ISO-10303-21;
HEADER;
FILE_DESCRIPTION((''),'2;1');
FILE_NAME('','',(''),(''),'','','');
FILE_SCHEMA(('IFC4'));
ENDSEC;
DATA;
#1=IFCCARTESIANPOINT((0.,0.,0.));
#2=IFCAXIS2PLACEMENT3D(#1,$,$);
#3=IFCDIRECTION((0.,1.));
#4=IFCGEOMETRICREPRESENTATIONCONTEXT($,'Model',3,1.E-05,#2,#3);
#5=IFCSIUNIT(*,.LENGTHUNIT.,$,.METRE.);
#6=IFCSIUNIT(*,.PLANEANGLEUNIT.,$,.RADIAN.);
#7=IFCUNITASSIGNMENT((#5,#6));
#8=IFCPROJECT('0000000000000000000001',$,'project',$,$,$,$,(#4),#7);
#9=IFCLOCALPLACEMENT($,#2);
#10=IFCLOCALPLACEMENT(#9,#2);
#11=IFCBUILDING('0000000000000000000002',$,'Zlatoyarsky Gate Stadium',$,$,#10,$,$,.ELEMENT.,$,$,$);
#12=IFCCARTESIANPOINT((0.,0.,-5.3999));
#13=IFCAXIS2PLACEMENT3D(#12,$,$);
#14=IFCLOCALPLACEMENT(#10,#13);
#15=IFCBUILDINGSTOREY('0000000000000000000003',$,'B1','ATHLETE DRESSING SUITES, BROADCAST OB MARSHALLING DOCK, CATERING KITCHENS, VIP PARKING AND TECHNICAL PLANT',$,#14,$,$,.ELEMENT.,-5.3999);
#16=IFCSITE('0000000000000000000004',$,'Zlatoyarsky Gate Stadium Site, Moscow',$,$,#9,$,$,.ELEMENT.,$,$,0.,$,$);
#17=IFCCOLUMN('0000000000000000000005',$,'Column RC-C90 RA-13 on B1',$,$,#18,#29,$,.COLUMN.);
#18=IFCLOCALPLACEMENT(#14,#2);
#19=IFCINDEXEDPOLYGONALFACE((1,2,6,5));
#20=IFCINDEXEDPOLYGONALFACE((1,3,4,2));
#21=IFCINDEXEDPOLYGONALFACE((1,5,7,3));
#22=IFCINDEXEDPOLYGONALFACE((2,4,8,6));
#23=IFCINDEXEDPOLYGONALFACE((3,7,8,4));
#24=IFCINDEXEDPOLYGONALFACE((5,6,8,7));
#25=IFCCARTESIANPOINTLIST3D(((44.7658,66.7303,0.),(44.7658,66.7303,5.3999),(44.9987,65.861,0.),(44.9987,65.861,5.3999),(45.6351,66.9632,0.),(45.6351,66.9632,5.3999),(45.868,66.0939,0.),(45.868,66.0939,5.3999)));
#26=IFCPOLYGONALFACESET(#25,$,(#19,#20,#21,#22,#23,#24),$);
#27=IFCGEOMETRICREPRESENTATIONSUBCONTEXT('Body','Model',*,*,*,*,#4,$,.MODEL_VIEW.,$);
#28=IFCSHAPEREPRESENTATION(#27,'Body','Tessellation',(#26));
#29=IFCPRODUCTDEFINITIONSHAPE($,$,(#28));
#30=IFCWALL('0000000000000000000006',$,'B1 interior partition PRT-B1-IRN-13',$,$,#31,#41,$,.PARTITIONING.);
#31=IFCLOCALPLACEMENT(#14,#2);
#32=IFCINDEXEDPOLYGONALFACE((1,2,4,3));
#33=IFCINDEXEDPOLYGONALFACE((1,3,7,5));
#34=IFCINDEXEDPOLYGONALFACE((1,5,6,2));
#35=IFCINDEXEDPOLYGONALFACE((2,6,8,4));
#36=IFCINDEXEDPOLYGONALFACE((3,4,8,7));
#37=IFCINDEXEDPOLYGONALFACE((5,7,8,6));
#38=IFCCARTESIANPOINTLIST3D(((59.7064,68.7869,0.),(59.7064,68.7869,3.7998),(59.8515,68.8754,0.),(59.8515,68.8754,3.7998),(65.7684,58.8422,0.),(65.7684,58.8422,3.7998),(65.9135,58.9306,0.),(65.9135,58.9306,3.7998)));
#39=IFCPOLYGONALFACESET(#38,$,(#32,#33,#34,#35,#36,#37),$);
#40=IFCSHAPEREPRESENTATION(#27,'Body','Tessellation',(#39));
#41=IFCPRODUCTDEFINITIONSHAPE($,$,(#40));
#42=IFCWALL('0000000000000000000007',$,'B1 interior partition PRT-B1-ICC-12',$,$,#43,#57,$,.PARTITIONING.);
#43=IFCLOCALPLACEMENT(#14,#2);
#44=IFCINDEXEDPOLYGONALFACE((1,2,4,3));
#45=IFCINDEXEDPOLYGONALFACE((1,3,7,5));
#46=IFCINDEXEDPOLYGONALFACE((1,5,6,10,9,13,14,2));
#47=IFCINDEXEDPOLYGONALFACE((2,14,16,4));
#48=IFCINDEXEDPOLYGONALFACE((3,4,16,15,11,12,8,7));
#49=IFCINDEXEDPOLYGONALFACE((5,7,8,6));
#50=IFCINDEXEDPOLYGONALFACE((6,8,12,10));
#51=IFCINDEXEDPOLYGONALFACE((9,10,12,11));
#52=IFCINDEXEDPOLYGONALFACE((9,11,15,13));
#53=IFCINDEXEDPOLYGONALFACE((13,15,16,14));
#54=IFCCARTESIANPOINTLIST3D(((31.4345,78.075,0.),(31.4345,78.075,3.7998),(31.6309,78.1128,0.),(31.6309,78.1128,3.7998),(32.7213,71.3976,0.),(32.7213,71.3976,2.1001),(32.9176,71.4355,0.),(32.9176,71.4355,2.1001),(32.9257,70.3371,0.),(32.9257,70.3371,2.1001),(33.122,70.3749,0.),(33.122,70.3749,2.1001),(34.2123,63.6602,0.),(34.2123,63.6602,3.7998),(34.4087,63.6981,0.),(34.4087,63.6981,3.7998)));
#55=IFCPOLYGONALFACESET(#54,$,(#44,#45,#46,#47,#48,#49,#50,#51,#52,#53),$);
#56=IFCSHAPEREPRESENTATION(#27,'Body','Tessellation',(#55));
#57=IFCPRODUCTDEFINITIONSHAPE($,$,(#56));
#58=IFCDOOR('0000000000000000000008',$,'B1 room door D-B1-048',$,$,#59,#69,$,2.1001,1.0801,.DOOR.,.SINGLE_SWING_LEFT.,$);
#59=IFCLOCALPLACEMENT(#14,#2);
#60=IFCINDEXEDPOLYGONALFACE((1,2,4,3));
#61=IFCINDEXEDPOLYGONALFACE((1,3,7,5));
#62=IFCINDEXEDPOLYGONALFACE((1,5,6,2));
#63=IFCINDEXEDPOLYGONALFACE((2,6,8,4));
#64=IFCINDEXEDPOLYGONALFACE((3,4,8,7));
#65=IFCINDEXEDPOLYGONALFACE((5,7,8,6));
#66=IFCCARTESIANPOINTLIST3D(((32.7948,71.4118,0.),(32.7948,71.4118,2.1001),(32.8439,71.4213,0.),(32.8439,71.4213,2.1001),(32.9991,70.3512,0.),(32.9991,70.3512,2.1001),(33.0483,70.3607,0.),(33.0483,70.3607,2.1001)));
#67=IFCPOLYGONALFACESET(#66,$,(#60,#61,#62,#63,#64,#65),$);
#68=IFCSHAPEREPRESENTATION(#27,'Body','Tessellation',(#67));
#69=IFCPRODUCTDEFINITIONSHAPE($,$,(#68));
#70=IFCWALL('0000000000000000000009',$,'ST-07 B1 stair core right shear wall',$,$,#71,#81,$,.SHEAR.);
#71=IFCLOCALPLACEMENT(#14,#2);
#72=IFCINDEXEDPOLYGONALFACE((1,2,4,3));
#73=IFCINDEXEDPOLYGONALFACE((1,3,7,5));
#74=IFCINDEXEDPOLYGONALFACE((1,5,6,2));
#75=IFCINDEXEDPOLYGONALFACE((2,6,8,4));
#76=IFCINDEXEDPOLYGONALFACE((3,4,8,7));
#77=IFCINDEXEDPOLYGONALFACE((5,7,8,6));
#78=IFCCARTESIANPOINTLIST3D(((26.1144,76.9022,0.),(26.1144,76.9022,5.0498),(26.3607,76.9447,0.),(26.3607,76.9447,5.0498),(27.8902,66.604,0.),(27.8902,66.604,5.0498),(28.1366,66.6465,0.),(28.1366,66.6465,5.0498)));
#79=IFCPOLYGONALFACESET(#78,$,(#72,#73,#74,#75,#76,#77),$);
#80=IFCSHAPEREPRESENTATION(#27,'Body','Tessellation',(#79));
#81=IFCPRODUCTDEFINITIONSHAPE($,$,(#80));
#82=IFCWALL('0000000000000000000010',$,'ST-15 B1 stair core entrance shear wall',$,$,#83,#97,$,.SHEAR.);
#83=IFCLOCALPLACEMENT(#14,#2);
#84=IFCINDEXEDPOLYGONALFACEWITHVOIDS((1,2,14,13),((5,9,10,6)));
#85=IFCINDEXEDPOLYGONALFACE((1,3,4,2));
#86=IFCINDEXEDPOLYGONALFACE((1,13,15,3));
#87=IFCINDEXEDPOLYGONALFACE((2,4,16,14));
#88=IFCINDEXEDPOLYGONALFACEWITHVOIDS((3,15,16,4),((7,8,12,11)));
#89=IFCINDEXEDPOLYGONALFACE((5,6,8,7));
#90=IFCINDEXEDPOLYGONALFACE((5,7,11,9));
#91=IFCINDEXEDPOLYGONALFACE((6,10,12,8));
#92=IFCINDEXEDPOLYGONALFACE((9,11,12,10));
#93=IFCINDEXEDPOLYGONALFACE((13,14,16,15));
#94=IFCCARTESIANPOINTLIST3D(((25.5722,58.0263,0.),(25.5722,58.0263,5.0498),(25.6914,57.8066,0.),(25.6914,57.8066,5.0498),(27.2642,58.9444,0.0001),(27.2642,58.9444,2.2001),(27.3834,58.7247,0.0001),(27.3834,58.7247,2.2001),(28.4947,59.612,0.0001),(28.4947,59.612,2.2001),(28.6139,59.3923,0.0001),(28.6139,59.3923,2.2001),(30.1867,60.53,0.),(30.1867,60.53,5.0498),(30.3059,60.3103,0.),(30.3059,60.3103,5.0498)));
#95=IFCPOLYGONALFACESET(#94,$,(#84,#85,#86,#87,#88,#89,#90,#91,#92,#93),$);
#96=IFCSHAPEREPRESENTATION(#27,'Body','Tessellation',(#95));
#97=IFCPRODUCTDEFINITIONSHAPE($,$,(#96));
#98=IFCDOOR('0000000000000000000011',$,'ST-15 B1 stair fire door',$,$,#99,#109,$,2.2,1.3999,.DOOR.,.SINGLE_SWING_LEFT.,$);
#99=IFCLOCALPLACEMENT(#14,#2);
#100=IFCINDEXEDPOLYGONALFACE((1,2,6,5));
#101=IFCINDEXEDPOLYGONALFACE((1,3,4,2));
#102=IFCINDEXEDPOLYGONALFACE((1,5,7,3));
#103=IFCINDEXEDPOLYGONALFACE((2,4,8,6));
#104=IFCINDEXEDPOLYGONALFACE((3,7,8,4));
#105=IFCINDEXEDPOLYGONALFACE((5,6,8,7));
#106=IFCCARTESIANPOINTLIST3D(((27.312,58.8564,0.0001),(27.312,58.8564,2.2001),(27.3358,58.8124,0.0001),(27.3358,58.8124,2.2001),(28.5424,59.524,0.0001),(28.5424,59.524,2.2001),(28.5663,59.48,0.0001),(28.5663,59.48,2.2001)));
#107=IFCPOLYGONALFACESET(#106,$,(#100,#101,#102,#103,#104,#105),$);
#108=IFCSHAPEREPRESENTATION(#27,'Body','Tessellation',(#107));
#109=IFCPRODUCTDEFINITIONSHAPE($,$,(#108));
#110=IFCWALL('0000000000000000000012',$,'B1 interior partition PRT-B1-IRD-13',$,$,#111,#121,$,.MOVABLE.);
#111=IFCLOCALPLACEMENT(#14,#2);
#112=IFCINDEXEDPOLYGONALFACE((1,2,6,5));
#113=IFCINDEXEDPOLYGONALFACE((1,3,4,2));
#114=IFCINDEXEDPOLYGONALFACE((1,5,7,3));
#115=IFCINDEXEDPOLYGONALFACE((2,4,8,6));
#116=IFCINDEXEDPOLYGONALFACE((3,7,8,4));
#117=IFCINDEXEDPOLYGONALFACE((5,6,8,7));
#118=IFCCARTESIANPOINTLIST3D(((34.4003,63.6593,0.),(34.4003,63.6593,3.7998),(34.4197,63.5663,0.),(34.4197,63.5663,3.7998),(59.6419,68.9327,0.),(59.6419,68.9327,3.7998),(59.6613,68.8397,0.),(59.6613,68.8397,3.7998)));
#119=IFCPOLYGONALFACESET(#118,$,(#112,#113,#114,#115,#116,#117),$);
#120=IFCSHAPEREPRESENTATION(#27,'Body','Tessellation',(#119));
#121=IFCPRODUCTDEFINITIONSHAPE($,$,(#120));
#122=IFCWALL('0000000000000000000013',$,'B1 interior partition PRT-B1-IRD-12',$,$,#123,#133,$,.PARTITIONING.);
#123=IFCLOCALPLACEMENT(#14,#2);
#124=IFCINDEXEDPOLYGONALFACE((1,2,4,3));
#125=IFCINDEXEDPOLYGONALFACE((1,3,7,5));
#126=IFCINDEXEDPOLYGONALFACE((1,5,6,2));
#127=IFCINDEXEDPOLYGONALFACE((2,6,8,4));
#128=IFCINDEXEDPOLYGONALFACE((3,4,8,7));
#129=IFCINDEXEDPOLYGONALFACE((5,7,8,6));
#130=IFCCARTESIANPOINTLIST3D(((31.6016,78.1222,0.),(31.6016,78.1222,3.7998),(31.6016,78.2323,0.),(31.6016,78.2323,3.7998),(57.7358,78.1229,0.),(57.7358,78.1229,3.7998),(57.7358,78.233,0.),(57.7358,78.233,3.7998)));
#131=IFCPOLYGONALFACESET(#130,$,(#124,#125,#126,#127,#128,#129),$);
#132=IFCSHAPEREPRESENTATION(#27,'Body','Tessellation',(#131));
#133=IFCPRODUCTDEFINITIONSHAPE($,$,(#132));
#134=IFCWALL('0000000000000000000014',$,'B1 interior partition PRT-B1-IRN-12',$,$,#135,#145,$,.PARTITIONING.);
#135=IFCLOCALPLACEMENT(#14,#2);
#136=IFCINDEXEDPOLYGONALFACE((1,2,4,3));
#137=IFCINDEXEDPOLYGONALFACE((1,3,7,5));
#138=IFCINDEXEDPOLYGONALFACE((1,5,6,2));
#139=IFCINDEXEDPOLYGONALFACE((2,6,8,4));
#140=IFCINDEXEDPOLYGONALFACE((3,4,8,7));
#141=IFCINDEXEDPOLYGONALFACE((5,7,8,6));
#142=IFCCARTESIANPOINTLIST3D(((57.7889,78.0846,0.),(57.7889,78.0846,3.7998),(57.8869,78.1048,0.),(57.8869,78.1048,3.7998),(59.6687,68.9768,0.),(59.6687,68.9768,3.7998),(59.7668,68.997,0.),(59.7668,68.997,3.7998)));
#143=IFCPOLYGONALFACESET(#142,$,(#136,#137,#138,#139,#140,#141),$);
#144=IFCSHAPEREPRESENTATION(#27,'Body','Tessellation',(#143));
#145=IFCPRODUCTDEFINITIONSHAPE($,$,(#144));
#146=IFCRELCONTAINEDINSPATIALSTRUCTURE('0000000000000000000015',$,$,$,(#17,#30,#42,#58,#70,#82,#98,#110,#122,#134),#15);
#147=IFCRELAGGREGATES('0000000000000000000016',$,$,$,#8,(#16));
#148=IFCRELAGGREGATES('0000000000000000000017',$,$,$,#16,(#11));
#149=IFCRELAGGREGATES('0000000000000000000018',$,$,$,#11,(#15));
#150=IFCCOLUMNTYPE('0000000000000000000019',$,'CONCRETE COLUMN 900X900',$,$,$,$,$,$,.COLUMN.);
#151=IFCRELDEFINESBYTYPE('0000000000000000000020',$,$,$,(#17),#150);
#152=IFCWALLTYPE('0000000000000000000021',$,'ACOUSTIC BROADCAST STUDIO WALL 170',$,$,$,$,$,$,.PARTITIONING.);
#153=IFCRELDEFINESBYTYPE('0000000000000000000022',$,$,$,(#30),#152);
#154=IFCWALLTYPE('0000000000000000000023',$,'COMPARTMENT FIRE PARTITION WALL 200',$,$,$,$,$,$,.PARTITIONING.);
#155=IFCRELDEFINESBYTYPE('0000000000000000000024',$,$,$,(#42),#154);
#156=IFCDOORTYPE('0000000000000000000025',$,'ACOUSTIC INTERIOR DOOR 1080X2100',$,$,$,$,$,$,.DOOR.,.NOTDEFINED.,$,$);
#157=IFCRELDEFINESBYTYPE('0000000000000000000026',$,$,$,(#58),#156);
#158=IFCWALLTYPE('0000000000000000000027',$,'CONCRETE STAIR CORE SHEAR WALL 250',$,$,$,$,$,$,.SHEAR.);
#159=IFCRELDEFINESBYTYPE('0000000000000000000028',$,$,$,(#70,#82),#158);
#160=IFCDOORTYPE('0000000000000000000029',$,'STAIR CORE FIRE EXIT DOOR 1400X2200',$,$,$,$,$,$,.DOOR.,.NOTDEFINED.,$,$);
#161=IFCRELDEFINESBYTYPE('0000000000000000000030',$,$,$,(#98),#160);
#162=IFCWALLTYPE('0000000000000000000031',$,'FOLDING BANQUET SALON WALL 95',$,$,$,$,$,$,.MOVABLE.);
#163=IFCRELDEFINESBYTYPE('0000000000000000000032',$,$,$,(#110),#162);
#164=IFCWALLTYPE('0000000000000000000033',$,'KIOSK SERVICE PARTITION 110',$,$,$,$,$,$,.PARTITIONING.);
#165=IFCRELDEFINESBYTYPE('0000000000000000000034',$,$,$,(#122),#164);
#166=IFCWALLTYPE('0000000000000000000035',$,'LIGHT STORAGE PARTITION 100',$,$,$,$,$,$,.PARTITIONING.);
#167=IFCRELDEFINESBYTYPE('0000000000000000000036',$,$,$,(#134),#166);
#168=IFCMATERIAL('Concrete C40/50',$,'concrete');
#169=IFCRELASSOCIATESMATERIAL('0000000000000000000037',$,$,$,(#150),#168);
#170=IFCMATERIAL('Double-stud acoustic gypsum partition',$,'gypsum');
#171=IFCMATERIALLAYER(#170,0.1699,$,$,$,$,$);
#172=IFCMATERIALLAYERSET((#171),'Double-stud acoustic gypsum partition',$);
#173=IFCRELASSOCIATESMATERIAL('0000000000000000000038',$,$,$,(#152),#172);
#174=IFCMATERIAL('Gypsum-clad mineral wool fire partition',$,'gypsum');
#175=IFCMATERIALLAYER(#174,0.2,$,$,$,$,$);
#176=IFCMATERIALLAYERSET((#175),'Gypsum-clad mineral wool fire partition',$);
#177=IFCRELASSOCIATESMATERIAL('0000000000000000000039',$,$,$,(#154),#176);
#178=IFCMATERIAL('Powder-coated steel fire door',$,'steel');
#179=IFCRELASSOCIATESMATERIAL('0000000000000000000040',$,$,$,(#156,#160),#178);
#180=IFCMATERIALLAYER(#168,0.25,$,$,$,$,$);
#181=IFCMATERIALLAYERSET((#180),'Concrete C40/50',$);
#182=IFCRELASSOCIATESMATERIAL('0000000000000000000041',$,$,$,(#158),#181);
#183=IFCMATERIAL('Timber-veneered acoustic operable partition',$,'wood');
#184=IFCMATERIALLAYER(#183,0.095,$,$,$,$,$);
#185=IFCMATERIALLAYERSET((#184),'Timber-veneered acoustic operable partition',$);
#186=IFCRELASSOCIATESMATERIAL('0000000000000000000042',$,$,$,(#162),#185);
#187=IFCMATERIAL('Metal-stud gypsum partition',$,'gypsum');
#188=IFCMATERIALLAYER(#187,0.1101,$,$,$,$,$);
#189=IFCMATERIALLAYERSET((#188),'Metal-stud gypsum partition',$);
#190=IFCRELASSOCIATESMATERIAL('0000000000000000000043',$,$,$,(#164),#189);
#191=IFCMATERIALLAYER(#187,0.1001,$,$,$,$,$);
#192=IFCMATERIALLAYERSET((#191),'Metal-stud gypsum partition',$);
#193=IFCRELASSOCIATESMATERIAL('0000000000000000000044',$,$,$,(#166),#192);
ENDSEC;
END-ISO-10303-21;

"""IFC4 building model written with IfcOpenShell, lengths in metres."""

from ifc_helpers import new_model, si_unit, direction, frame, frame_2d, origin, origin_2d, place, context, subcontext, project, spatial, rectangle, extrude, material, layer, layer_set, material_profile, profile_set, type_object, element, fill, save


model = new_model("IFC4")

# Units and contexts
model_context = context("Model", 3, precision=1e-05, world=origin(), true_north=direction((0.0, 1.0)))
body_context = subcontext(model_context, "Body", "Model", "MODEL_VIEW")
ifc_project = project(units=[si_unit("LENGTHUNIT", "METRE"), si_unit("PLANEANGLEUNIT", "RADIAN")], contexts=[model_context])

# Site, building, storey
site_placement = place(None, origin())
site = spatial("IfcSite", under=ifc_project, at=site_placement, Name="Zlatoyarsky Gate Stadium Site, Moscow", CompositionType="ELEMENT", RefElevation=0.0)
building_placement = place(site_placement, origin())
building = spatial("IfcBuilding", under=site, at=building_placement, Name="Zlatoyarsky Gate Stadium", CompositionType="ELEMENT")
storey_placement = place(building_placement, frame((0.0, 0.0, -5.3999)))
storey = spatial("IfcBuildingStorey", under=building, at=storey_placement, Name="B1", Description="ATHLETE DRESSING SUITES, BROADCAST OB MARSHALLING DOCK, CATERING KITCHENS, VIP PARKING AND TECHNICAL PLANT", CompositionType="ELEMENT", Elevation=-5.3999)

# Column
ifc_material_1 = material(Name="Concrete C40/50", Category="concrete")
ifc_material_profile_1 = material_profile(ifc_material_1, rectangle(XDim=0.8999, YDim=0.8999, at=origin_2d()), Name="RC COL 900X900")
ifc_profile_set_1 = profile_set([ifc_material_profile_1], Name="Concrete C40/50")
column_type_1 = type_object("IfcColumnType", Name="CONCRETE COLUMN 900X900", PredefinedType="COLUMN", material=ifc_profile_set_1)
column_1_placement = place(storey_placement, frame((45.3169, 66.4121, 0.0), z_axis=(0.0, 0.0, 1.0), x_axis=(-0.965926, -0.258819, 0.0)))
element("IfcColumn", 1, at=column_1_placement, inside=storey, type_object=column_type_1, Name="Column RC-C90 RA-13 on B1", PredefinedType="COLUMN", context=body_context, shape_type="SweptSolid", body=[
    extrude(rectangle(XDim=0.8999, YDim=0.8999, at=origin_2d()), origin(), (0.0, 0.0, 1.0), 5.3999),
])

# Wall
ifc_material_2 = material(Name="Double-stud acoustic gypsum partition", Category="gypsum")
ifc_layer_1 = layer(ifc_material_2, 0.1699)
ifc_layer_set_1 = layer_set([ifc_layer_1], Name="Double-stud acoustic gypsum partition")
wall_type_1 = type_object("IfcWallType", Name="ACOUSTIC BROADCAST STUDIO WALL 170", PredefinedType="PARTITIONING", material=ifc_layer_set_1)
wall_1_placement = place(storey_placement, frame((59.7791, 68.8311, 0.0), z_axis=(0.0, 0.0, 1.0), x_axis=(0.520488, -0.853869, 0.0)))
element("IfcWall", 2, at=wall_1_placement, inside=storey, type_object=wall_type_1, Name="B1 interior partition PRT-B1-IRN-13", PredefinedType="PARTITIONING", context=body_context, shape_type="SweptSolid", body=[
    extrude(rectangle(XDim=11.6467, YDim=0.1699, at=frame_2d((5.8232, 0.0))), origin(), (0.0, 0.0, 1.0), 3.7998),
])

# Wall, opening, door
ifc_material_3 = material(Name="Gypsum-clad mineral wool fire partition", Category="gypsum")
ifc_layer_2 = layer(ifc_material_3, 0.2)
ifc_layer_set_2 = layer_set([ifc_layer_2], Name="Gypsum-clad mineral wool fire partition")
wall_type_2 = type_object("IfcWallType", Name="COMPARTMENT FIRE PARTITION WALL 200", PredefinedType="PARTITIONING", material=ifc_layer_set_2)
wall_2_placement = place(storey_placement, frame((31.5327, 78.0938, 0.0), z_axis=(0.0, 0.0, 1.0), x_axis=(0.189225, -0.981934, 0.0)))
wall_2 = element("IfcWall", 3, at=wall_2_placement, inside=storey, type_object=wall_type_2, Name="B1 interior partition PRT-B1-ICC-12", PredefinedType="PARTITIONING", context=body_context, shape_type="SweptSolid", body=[
    extrude(rectangle(XDim=14.6799, YDim=0.2, at=frame_2d((7.3398, 0.0))), origin(), (0.0, 0.0, 1.0), 3.7998),
])
opening_1_placement = place(wall_2_placement, frame((6.8, 0.0, 0.0)))
opening_1 = element("IfcOpeningElement", 4, at=opening_1_placement, cuts=wall_2, PredefinedType="OPENING", context=body_context, shape_type="SweptSolid", body=[
    extrude(rectangle(XDim=1.0801, YDim=2.1001, at=frame_2d((0.54, 1.05))), frame((0.0, 0.1099, 0.0), z_axis=(0.0, -1.0, 0.0), x_axis=(1.0, 0.0, 0.0)), (0.0, 0.0, 1.0), 0.22),
])
ifc_material_4 = material(Name="Powder-coated steel fire door", Category="steel")
door_type_1 = type_object("IfcDoorType", Name="ACOUSTIC INTERIOR DOOR 1080X2100", OperationType="NOTDEFINED", PredefinedType="DOOR", material=ifc_material_4)
door_1_placement = place(opening_1_placement, origin())
door_1 = element("IfcDoor", 5, at=door_1_placement, inside=storey, type_object=door_type_1, Name="B1 room door D-B1-048", OperationType="SINGLE_SWING_LEFT", OverallHeight=2.1001, OverallWidth=1.0801, PredefinedType="DOOR", context=body_context, shape_type="SweptSolid", body=[
    extrude(rectangle(XDim=1.0801, YDim=2.1001, at=frame_2d((0.54, 1.05))), frame((0.0, 0.0249, 0.0), z_axis=(0.0, -1.0, 0.0), x_axis=(1.0, 0.0, 0.0)), (0.0, 0.0, 1.0), 0.05),
])
fill(opening_1, door_1)

# Wall
ifc_layer_3 = layer(ifc_material_1, 0.25)
ifc_layer_set_3 = layer_set([ifc_layer_3], Name="Concrete C40/50")
wall_type_3 = type_object("IfcWallType", Name="CONCRETE STAIR CORE SHEAR WALL 250", PredefinedType="SHEAR", material=ifc_layer_set_3)
wall_3_placement = place(storey_placement, frame((28.0134, 66.6252, 0.0), z_axis=(0.0, 0.0, 1.0), x_axis=(-0.169939, 0.985455, 0.0)))
element("IfcWall", 6, at=wall_3_placement, inside=storey, type_object=wall_type_3, Name="ST-07 B1 stair core right shear wall", PredefinedType="SHEAR", context=body_context, shape_type="SweptSolid", body=[
    extrude(rectangle(XDim=10.4502, YDim=0.25, at=frame_2d((5.2251, 0.0))), origin(), (0.0, 0.0, 1.0), 5.0498),
])

# Wall, opening, door
wall_4_placement = place(storey_placement, frame((30.2463, 60.4202, 0.0), z_axis=(0.0, 0.0, 1.0), x_axis=(-0.878961, -0.476893, 0.0)))
wall_4 = element("IfcWall", 7, at=wall_4_placement, inside=storey, type_object=wall_type_3, Name="ST-15 B1 stair core entrance shear wall", PredefinedType="SHEAR", context=body_context, shape_type="SweptSolid", body=[
    extrude(rectangle(XDim=5.25, YDim=0.25, at=frame_2d((2.625, 0.0))), origin(), (0.0, 0.0, 1.0), 5.0498),
])
opening_2_placement = place(wall_4_placement, frame((1.925, 0.0, 0.0)))
opening_2 = element("IfcOpeningElement", 8, at=opening_2_placement, cuts=wall_4, PredefinedType="OPENING", context=body_context, shape_type="SweptSolid", body=[
    extrude(rectangle(XDim=1.3999, YDim=2.2, at=frame_2d((0.7, 1.1001))), frame((0.0, 0.135, 0.0), z_axis=(0.0, -1.0, 0.0), x_axis=(1.0, 0.0, 0.0)), (0.0, 0.0, 1.0), 0.27),
])
door_type_2 = type_object("IfcDoorType", Name="STAIR CORE FIRE EXIT DOOR 1400X2200", OperationType="NOTDEFINED", PredefinedType="DOOR", material=ifc_material_4)
door_2_placement = place(opening_2_placement, frame((1.3999, 0.0, 0.0), z_axis=(0.0, 0.0, 1.0), x_axis=(-1.0, 0.0, 0.0)))
door_2 = element("IfcDoor", 9, at=door_2_placement, inside=storey, type_object=door_type_2, Name="ST-15 B1 stair fire door", OperationType="SINGLE_SWING_LEFT", OverallHeight=2.2, OverallWidth=1.3999, PredefinedType="DOOR", context=body_context, shape_type="SweptSolid", body=[
    extrude(rectangle(XDim=1.3999, YDim=2.2, at=frame_2d((0.7, 1.1001))), frame((0.0, 0.0249, 0.0), z_axis=(0.0, -1.0, 0.0), x_axis=(1.0, 0.0, 0.0)), (0.0, 0.0, 1.0), 0.05),
])
fill(opening_2, door_2)

# Walls
ifc_material_5 = material(Name="Timber-veneered acoustic operable partition", Category="wood")
ifc_layer_4 = layer(ifc_material_5, 0.095)
ifc_layer_set_4 = layer_set([ifc_layer_4], Name="Timber-veneered acoustic operable partition")
wall_type_4 = type_object("IfcWallType", Name="FOLDING BANQUET SALON WALL 95", PredefinedType="MOVABLE", material=ifc_layer_set_4)
wall_5_placement = place(storey_placement, frame((59.6516, 68.8862, 0.0), z_axis=(0.0, 0.0, 1.0), x_axis=(-0.978866, -0.204502, 0.0)))
element("IfcWall", 10, at=wall_5_placement, inside=storey, type_object=wall_type_4, Name="B1 interior partition PRT-B1-IRD-13", PredefinedType="MOVABLE", context=body_context, shape_type="SweptSolid", body=[
    extrude(rectangle(XDim=25.7866, YDim=0.095, at=frame_2d((12.8933, 0.0))), origin(), (0.0, 0.0, 1.0), 3.7998),
])
ifc_material_6 = material(Name="Metal-stud gypsum partition", Category="gypsum")
ifc_layer_5 = layer(ifc_material_6, 0.1101)
ifc_layer_set_5 = layer_set([ifc_layer_5], Name="Metal-stud gypsum partition")
wall_type_5 = type_object("IfcWallType", Name="KIOSK SERVICE PARTITION 110", PredefinedType="PARTITIONING", material=ifc_layer_set_5)
wall_6_placement = place(storey_placement, frame((57.7358, 78.178, 0.0), z_axis=(0.0, 0.0, 1.0), x_axis=(-1.0, -0.000028, 0.0)))
element("IfcWall", 11, at=wall_6_placement, inside=storey, type_object=wall_type_5, Name="B1 interior partition PRT-B1-IRD-12", PredefinedType="PARTITIONING", context=body_context, shape_type="SweptSolid", body=[
    extrude(rectangle(XDim=26.1343, YDim=0.1101, at=frame_2d((13.0671, 0.0))), origin(), (0.0, 0.0, 1.0), 3.7998),
])
ifc_layer_6 = layer(ifc_material_6, 0.1001)
ifc_layer_set_6 = layer_set([ifc_layer_6], Name="Metal-stud gypsum partition")
wall_type_6 = type_object("IfcWallType", Name="LIGHT STORAGE PARTITION 100", PredefinedType="PARTITIONING", material=ifc_layer_set_6)
wall_7_placement = place(storey_placement, frame((57.8379, 78.0947, 0.0), z_axis=(0.0, 0.0, 1.0), x_axis=(0.20214, -0.979357, 0.0)))
element("IfcWall", 12, at=wall_7_placement, inside=storey, type_object=wall_type_6, Name="B1 interior partition PRT-B1-IRN-12", PredefinedType="PARTITIONING", context=body_context, shape_type="SweptSolid", body=[
    extrude(rectangle(XDim=9.2998, YDim=0.1001, at=frame_2d((4.6499, 0.0))), origin(), (0.0, 0.0, 1.0), 3.7998),
])

save(model, "model.ifc")
